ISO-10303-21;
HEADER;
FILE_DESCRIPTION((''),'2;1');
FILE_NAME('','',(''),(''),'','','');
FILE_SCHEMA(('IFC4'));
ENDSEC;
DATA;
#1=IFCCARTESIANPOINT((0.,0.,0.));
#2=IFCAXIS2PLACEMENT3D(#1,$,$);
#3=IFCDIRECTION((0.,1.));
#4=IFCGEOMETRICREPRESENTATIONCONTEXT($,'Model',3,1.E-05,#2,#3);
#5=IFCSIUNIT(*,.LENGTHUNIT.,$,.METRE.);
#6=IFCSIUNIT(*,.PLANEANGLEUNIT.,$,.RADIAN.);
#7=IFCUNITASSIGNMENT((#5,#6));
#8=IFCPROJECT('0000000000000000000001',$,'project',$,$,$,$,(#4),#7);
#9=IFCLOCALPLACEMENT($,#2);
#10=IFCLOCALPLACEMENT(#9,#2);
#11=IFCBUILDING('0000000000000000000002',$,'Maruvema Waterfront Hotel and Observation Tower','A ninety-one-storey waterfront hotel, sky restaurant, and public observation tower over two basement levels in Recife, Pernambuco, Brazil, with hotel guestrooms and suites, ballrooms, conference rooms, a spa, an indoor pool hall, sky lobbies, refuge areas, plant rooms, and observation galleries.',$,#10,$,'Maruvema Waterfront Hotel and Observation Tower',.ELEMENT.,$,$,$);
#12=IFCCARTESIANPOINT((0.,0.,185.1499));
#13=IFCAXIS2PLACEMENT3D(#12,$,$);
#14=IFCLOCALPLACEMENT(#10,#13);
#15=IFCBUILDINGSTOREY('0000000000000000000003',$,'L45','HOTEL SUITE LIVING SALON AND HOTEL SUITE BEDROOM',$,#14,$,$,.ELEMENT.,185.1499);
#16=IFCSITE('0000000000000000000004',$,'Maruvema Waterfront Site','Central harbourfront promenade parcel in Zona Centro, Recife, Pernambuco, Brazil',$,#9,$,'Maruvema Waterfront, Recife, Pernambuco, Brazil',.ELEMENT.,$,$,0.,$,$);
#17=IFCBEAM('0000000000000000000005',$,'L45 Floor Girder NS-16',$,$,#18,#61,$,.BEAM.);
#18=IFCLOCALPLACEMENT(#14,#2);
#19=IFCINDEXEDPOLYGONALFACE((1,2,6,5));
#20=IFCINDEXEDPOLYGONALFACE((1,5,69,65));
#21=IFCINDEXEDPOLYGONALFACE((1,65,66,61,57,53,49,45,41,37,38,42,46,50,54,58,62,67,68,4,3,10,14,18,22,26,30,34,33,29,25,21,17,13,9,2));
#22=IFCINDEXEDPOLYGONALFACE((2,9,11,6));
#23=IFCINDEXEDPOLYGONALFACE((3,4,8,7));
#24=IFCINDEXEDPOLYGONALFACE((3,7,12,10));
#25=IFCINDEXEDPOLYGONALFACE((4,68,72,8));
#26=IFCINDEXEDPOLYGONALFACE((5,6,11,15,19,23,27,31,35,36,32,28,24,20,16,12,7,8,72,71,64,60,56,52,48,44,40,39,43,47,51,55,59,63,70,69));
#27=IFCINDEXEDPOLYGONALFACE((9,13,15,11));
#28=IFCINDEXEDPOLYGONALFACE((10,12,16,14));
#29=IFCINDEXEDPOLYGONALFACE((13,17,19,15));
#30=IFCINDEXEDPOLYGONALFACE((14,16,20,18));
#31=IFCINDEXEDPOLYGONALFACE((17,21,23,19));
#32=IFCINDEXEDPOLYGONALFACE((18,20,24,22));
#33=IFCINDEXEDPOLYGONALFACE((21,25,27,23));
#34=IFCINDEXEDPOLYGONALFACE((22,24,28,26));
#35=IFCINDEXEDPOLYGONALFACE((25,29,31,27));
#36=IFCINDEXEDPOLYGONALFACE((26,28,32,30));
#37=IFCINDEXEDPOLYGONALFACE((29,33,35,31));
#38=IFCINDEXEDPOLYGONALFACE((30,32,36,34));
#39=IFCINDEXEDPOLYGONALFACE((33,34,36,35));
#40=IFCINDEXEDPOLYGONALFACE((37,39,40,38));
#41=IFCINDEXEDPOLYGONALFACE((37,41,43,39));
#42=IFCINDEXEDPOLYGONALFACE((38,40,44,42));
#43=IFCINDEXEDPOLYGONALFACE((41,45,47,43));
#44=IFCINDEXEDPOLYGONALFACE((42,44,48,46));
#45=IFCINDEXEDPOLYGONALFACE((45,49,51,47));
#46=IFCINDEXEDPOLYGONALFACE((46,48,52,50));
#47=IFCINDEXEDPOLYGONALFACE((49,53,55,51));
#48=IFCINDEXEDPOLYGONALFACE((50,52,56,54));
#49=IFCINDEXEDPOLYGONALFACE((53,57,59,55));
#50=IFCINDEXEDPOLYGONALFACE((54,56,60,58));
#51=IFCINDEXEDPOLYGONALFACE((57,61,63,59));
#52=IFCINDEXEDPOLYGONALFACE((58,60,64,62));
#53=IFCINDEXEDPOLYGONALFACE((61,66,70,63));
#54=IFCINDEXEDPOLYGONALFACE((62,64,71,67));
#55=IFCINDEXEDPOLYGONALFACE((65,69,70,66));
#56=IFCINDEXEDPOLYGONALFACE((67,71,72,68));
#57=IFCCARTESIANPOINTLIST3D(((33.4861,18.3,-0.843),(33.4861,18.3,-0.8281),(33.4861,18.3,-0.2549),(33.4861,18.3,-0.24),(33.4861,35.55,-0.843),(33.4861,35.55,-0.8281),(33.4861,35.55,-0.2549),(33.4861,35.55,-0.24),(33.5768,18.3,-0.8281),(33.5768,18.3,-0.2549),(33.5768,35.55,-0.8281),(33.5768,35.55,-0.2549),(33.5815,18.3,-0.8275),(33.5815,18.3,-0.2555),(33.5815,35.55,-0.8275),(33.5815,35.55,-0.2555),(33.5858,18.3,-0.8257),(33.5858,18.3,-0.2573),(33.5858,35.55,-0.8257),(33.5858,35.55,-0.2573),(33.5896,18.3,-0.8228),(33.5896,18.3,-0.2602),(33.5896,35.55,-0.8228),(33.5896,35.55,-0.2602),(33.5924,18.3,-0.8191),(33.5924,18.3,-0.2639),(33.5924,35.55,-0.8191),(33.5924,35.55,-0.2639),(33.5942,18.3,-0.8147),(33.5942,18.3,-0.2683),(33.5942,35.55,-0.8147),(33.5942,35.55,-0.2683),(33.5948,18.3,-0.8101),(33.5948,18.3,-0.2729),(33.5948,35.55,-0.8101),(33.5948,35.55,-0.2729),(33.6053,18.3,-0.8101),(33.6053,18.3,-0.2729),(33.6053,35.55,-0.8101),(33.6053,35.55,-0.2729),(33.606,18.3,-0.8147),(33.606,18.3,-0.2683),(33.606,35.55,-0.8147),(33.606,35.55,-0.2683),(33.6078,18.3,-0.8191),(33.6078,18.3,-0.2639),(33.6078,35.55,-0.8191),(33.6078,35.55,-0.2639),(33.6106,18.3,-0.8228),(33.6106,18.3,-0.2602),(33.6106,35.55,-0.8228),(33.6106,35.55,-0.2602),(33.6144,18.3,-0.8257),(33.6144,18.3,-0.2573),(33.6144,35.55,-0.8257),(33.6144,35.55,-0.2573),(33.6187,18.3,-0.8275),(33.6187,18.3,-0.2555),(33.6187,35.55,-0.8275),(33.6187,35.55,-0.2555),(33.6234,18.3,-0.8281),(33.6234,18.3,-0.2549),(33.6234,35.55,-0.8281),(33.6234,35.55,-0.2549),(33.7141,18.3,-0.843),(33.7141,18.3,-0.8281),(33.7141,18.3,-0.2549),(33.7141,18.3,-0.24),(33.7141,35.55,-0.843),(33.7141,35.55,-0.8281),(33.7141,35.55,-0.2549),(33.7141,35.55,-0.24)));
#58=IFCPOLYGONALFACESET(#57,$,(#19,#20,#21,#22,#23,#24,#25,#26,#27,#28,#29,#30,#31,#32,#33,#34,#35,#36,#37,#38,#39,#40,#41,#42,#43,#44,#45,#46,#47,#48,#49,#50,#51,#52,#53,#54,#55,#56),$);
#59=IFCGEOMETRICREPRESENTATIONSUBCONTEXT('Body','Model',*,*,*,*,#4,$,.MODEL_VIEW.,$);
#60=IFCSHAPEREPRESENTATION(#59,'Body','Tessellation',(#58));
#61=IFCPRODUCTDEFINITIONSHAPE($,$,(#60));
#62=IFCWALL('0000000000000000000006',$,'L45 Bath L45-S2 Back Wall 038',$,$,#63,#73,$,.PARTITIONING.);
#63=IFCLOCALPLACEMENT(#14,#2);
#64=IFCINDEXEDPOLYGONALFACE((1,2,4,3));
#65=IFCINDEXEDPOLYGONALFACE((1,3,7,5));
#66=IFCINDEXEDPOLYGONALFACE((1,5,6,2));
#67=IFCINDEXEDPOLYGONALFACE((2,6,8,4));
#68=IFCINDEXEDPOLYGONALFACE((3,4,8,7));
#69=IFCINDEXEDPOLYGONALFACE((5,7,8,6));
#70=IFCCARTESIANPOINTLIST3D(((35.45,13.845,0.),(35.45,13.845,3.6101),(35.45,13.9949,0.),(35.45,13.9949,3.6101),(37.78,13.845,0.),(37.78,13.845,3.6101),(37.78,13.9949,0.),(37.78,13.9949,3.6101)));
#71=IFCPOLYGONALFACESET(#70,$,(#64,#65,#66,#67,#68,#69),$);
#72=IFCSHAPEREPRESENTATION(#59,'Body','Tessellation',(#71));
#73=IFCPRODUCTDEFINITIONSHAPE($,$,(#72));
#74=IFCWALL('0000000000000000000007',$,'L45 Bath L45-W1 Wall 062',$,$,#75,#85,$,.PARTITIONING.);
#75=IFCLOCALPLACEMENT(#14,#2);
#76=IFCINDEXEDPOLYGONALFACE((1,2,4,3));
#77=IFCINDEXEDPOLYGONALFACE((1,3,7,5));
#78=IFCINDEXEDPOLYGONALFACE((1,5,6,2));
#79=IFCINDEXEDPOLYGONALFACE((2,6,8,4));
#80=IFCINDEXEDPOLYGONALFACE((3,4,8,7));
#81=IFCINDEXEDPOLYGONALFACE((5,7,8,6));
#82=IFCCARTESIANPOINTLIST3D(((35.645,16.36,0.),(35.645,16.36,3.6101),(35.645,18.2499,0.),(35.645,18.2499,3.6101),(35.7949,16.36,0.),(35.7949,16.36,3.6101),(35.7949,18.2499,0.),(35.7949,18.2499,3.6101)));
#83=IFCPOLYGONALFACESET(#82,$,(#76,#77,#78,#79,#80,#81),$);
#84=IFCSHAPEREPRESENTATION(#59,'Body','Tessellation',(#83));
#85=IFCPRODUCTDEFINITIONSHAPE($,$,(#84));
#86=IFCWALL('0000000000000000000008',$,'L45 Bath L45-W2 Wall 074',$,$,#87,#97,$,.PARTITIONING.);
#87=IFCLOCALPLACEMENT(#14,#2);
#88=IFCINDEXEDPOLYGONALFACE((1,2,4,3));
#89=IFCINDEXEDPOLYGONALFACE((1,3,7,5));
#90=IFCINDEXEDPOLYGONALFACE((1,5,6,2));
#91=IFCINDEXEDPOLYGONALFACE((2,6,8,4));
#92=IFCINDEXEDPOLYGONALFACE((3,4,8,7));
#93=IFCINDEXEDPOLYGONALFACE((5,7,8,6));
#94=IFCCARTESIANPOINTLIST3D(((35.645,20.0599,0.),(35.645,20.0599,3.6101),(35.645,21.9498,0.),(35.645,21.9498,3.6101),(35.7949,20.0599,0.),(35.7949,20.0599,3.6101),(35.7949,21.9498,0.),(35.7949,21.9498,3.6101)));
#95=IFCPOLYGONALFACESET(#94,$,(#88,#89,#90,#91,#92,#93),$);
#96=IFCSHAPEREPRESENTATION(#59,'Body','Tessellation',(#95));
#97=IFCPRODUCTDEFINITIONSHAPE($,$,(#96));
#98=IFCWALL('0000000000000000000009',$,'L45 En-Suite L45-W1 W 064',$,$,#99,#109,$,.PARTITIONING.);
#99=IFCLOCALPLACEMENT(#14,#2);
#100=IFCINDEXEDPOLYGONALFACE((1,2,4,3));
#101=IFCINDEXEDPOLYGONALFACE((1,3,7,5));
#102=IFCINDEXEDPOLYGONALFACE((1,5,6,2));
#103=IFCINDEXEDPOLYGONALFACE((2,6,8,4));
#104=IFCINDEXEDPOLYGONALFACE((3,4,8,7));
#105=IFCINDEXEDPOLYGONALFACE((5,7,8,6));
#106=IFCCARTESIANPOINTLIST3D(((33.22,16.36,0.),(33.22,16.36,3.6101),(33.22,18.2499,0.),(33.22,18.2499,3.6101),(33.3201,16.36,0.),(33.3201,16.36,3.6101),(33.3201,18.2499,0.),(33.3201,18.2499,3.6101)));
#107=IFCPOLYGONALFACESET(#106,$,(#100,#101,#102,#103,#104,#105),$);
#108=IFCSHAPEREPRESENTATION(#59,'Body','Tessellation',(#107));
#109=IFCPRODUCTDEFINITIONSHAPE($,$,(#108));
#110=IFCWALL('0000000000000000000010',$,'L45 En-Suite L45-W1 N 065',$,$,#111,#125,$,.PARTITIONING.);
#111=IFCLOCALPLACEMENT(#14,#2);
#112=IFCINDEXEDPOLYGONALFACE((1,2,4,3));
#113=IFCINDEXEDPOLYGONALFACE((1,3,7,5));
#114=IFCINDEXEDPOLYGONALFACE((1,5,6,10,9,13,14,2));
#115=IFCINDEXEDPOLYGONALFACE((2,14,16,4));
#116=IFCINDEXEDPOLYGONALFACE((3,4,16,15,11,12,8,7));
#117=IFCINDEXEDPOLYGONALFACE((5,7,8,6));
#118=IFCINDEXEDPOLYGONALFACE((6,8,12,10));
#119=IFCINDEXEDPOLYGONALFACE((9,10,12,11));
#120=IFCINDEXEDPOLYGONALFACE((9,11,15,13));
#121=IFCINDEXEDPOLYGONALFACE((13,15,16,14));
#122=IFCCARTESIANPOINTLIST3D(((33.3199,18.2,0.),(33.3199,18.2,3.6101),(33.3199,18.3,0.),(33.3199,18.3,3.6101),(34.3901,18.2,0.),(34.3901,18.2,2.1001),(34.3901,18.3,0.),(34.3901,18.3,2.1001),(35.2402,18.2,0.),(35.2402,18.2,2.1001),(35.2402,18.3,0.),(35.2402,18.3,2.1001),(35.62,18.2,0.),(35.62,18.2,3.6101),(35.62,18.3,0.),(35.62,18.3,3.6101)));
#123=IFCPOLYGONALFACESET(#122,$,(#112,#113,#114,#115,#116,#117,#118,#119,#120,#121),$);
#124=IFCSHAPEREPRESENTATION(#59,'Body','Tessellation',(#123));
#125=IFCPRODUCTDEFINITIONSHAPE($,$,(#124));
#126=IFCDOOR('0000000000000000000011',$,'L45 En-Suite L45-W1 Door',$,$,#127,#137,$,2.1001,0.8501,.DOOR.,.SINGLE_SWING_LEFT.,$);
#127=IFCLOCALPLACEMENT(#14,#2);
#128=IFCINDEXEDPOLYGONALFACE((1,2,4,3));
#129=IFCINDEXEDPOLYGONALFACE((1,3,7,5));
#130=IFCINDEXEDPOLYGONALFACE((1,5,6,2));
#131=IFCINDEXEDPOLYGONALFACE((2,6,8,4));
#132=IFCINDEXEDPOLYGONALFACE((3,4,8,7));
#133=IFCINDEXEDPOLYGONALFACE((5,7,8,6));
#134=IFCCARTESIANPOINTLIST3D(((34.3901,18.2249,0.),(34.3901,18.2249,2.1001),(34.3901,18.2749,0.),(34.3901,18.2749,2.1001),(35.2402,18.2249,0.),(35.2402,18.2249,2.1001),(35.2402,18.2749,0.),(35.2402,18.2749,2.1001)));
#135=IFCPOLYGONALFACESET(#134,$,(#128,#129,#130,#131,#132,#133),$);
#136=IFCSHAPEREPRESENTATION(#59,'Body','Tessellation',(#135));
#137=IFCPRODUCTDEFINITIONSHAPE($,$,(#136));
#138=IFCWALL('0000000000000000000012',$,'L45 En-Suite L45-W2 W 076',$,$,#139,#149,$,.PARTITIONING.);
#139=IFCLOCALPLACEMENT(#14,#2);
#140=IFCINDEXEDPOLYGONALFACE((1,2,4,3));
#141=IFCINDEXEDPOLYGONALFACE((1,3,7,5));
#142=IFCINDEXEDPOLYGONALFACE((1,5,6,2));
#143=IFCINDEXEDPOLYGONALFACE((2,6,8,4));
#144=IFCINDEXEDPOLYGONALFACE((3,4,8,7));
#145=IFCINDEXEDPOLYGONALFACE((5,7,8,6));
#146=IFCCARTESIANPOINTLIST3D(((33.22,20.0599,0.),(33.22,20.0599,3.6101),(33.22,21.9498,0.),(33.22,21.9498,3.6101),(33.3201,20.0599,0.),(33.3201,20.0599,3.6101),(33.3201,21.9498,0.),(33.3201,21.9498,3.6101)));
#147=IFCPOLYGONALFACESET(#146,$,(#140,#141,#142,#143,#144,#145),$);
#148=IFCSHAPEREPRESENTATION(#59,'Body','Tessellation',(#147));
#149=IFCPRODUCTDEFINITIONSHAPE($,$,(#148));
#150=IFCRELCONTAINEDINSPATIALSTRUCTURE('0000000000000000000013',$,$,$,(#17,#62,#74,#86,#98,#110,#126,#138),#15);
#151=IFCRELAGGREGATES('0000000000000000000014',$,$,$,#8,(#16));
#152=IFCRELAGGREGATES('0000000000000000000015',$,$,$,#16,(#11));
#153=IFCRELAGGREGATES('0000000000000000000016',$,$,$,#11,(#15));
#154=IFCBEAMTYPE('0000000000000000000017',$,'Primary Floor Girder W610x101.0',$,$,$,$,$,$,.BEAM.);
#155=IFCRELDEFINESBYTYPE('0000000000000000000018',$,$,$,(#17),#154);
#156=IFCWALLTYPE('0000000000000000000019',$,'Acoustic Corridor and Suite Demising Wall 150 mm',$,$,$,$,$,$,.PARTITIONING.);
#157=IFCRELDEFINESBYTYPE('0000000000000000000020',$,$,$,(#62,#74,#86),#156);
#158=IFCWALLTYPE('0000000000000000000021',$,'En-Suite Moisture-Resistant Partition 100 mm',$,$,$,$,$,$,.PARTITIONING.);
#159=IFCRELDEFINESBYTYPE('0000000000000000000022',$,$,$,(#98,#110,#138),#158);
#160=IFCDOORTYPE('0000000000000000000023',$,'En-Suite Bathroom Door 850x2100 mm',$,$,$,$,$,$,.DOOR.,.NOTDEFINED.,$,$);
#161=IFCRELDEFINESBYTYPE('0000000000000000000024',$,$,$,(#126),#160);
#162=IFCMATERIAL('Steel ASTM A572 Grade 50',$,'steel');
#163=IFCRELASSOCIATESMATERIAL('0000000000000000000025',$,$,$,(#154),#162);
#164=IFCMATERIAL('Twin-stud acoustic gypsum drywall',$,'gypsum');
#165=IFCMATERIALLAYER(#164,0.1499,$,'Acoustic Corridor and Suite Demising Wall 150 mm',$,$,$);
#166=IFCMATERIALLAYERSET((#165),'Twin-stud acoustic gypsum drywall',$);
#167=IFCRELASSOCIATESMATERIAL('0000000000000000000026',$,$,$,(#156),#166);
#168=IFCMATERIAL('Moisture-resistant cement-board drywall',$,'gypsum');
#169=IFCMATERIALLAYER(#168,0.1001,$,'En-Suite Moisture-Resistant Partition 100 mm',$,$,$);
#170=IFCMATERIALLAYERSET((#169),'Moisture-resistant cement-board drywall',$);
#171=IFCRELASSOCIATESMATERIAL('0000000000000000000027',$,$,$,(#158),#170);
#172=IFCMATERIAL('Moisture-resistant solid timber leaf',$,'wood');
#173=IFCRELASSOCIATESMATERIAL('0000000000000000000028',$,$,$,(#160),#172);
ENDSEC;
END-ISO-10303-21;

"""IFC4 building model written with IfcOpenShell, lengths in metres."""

from ifc_helpers import new_model, si_unit, direction, frame, frame_2d, origin, origin_2d, place, context, subcontext, project, spatial, rectangle, i_section, extrude, material, layer, layer_set, material_profile, profile_set, type_object, element, fill, save


model = new_model("IFC4")

# Units and contexts
model_context = context("Model", 3, precision=1e-05, world=origin(), true_north=direction((0.0, 1.0)))
body_context = subcontext(model_context, "Body", "Model", "MODEL_VIEW")
ifc_project = project(units=[si_unit("LENGTHUNIT", "METRE"), si_unit("PLANEANGLEUNIT", "RADIAN")], contexts=[model_context])

# Site, building, storey
site_placement = place(None, origin())
site = spatial("IfcSite", under=ifc_project, at=site_placement, Name="Maruvema Waterfront Site", Description="Central harbourfront promenade parcel in Zona Centro, Recife, Pernambuco, Brazil", LongName="Maruvema Waterfront, Recife, Pernambuco, Brazil", CompositionType="ELEMENT", RefElevation=0.0)
building_placement = place(site_placement, origin())
building = spatial("IfcBuilding", under=site, at=building_placement, Name="Maruvema Waterfront Hotel and Observation Tower", Description="A ninety-one-storey waterfront hotel, sky restaurant, and public observation tower over two basement levels in Recife, Pernambuco, Brazil, with hotel guestrooms and suites, ballrooms, conference rooms, a spa, an indoor pool hall, sky lobbies, refuge areas, plant rooms, and observation galleries.", LongName="Maruvema Waterfront Hotel and Observation Tower", CompositionType="ELEMENT")
storey_placement = place(building_placement, frame((0.0, 0.0, 185.1499)))
storey = spatial("IfcBuildingStorey", under=building, at=storey_placement, Name="L45", Description="HOTEL SUITE LIVING SALON AND HOTEL SUITE BEDROOM", CompositionType="ELEMENT", Elevation=185.1499)

# Beam
ifc_material_1 = material(Name="Steel ASTM A572 Grade 50", Category="steel")
ifc_material_profile_1 = material_profile(ifc_material_1, i_section(OverallWidth=0.228, OverallDepth=0.603, WebThickness=0.0105, FlangeThickness=0.0149, FilletRadius=0.0181, at=origin_2d()), Name="W610x101.0")
ifc_profile_set_1 = profile_set([ifc_material_profile_1], Name="Steel ASTM A572 Grade 50")
beam_type = type_object("IfcBeamType", Name="Primary Floor Girder W610x101.0", PredefinedType="BEAM", material=ifc_profile_set_1)
beam_1_placement = place(storey_placement, frame((33.6001, 18.3, -0.5415), z_axis=(0.0, 1.0, 0.0), x_axis=(-1.0, 0.0, 0.0)))
element("IfcBeam", 1, at=beam_1_placement, inside=storey, type_object=beam_type, Name="L45 Floor Girder NS-16", PredefinedType="BEAM", context=body_context, shape_type="SweptSolid", body=[
    extrude(i_section(OverallWidth=0.228, OverallDepth=0.603, WebThickness=0.0105, FlangeThickness=0.0149, FilletRadius=0.0181, at=origin_2d()), origin(), (0.0, 0.0, 1.0), 17.25),
])

# Wall
ifc_material_2 = material(Name="Twin-stud acoustic gypsum drywall", Category="gypsum")
ifc_layer_1 = layer(ifc_material_2, 0.1499, Name="Acoustic Corridor and Suite Demising Wall 150 mm")
ifc_layer_set_1 = layer_set([ifc_layer_1], Name="Twin-stud acoustic gypsum drywall")
wall_type_1 = type_object("IfcWallType", Name="Acoustic Corridor and Suite Demising Wall 150 mm", PredefinedType="PARTITIONING", material=ifc_layer_set_1)
wall_1_placement = place(storey_placement, frame((35.45, 13.9199, 0.0), z_axis=(0.0, 0.0, 1.0), x_axis=(1.0, 0.0, 0.0)))
element("IfcWall", 2, at=wall_1_placement, inside=storey, type_object=wall_type_1, Name="L45 Bath L45-S2 Back Wall 038", PredefinedType="PARTITIONING", context=body_context, shape_type="SweptSolid", body=[
    extrude(rectangle(XDim=2.3301, YDim=0.1499, at=frame_2d((1.165, 0.0))), origin(), (0.0, 0.0, 1.0), 3.6101),
])

# Wall
wall_2_placement = place(storey_placement, frame((35.72, 16.3601, 0.0), z_axis=(0.0, 0.0, 1.0), x_axis=(0.0, 1.0, 0.0)))
element("IfcWall", 3, at=wall_2_placement, inside=storey, type_object=wall_type_1, Name="L45 Bath L45-W1 Wall 062", PredefinedType="PARTITIONING", context=body_context, shape_type="SweptSolid", body=[
    extrude(rectangle(XDim=1.8899, YDim=0.1499, at=frame_2d((0.9448, 0.0))), origin(), (0.0, 0.0, 1.0), 3.6101),
])

# Walls
wall_3_placement = place(storey_placement, frame((35.72, 20.0601, 0.0), z_axis=(0.0, 0.0, 1.0), x_axis=(0.0, 1.0, 0.0)))
element("IfcWall", 4, at=wall_3_placement, inside=storey, type_object=wall_type_1, Name="L45 Bath L45-W2 Wall 074", PredefinedType="PARTITIONING", context=body_context, shape_type="SweptSolid", body=[
    extrude(rectangle(XDim=1.8899, YDim=0.1499, at=frame_2d((0.9448, 0.0))), origin(), (0.0, 0.0, 1.0), 3.6101),
])
ifc_material_3 = material(Name="Moisture-resistant cement-board drywall", Category="gypsum")
ifc_layer_2 = layer(ifc_material_3, 0.1001, Name="En-Suite Moisture-Resistant Partition 100 mm")
ifc_layer_set_2 = layer_set([ifc_layer_2], Name="Moisture-resistant cement-board drywall")
wall_type_2 = type_object("IfcWallType", Name="En-Suite Moisture-Resistant Partition 100 mm", PredefinedType="PARTITIONING", material=ifc_layer_set_2)
wall_4_placement = place(storey_placement, frame((33.27, 16.3601, 0.0), z_axis=(0.0, 0.0, 1.0), x_axis=(0.0, 1.0, 0.0)))
element("IfcWall", 5, at=wall_4_placement, inside=storey, type_object=wall_type_2, Name="L45 En-Suite L45-W1 W 064", PredefinedType="PARTITIONING", context=body_context, shape_type="SweptSolid", body=[
    extrude(rectangle(XDim=1.8899, YDim=0.1001, at=frame_2d((0.9448, 0.0))), origin(), (0.0, 0.0, 1.0), 3.6101),
])

# Wall, opening, door
wall_5_placement = place(storey_placement, frame((33.3201, 18.25, 0.0), z_axis=(0.0, 0.0, 1.0), x_axis=(1.0, 0.0, 0.0)))
wall_5 = element("IfcWall", 6, at=wall_5_placement, inside=storey, type_object=wall_type_2, Name="L45 En-Suite L45-W1 N 065", PredefinedType="PARTITIONING", context=body_context, shape_type="SweptSolid", body=[
    extrude(rectangle(XDim=2.3, YDim=0.1001, at=frame_2d((1.1499, 0.0))), origin(), (0.0, 0.0, 1.0), 3.6101),
])
opening_1_placement = place(wall_5_placement, frame((1.0701, 0.0, 0.0)))
opening_1 = element("IfcOpeningElement", 7, at=opening_1_placement, cuts=wall_5, PredefinedType="OPENING", context=body_context, shape_type="SweptSolid", body=[
    extrude(rectangle(XDim=0.8501, YDim=2.1001, at=frame_2d((0.425, 1.05))), frame((0.0, 0.0601, 0.0), z_axis=(0.0, -1.0, 0.0), x_axis=(1.0, 0.0, 0.0)), (0.0, 0.0, 1.0), 0.1201),
])
ifc_material_4 = material(Name="Moisture-resistant solid timber leaf", Category="wood")
door_type_1 = type_object("IfcDoorType", Name="En-Suite Bathroom Door 850x2100 mm", OperationType="NOTDEFINED", PredefinedType="DOOR", material=ifc_material_4)
door_1_placement = place(opening_1_placement, origin())
door_1 = element("IfcDoor", 8, at=door_1_placement, inside=storey, type_object=door_type_1, Name="L45 En-Suite L45-W1 Door", OperationType="SINGLE_SWING_LEFT", OverallHeight=2.1001, OverallWidth=0.8501, PredefinedType="DOOR", context=body_context, shape_type="SweptSolid", body=[
    extrude(rectangle(XDim=0.8501, YDim=2.1001, at=frame_2d((0.425, 1.05))), frame((0.0, 0.0249, 0.0), z_axis=(0.0, -1.0, 0.0), x_axis=(1.0, 0.0, 0.0)), (0.0, 0.0, 1.0), 0.05),
])
fill(opening_1, door_1)

# Wall
wall_6_placement = place(storey_placement, frame((33.27, 20.0601, 0.0), z_axis=(0.0, 0.0, 1.0), x_axis=(0.0, 1.0, 0.0)))
element("IfcWall", 9, at=wall_6_placement, inside=storey, type_object=wall_type_2, Name="L45 En-Suite L45-W2 W 076", PredefinedType="PARTITIONING", context=body_context, shape_type="SweptSolid", body=[
    extrude(rectangle(XDim=1.8899, YDim=0.1001, at=frame_2d((0.9448, 0.0))), origin(), (0.0, 0.0, 1.0), 3.6101),
])

save(model, "model.ifc")
